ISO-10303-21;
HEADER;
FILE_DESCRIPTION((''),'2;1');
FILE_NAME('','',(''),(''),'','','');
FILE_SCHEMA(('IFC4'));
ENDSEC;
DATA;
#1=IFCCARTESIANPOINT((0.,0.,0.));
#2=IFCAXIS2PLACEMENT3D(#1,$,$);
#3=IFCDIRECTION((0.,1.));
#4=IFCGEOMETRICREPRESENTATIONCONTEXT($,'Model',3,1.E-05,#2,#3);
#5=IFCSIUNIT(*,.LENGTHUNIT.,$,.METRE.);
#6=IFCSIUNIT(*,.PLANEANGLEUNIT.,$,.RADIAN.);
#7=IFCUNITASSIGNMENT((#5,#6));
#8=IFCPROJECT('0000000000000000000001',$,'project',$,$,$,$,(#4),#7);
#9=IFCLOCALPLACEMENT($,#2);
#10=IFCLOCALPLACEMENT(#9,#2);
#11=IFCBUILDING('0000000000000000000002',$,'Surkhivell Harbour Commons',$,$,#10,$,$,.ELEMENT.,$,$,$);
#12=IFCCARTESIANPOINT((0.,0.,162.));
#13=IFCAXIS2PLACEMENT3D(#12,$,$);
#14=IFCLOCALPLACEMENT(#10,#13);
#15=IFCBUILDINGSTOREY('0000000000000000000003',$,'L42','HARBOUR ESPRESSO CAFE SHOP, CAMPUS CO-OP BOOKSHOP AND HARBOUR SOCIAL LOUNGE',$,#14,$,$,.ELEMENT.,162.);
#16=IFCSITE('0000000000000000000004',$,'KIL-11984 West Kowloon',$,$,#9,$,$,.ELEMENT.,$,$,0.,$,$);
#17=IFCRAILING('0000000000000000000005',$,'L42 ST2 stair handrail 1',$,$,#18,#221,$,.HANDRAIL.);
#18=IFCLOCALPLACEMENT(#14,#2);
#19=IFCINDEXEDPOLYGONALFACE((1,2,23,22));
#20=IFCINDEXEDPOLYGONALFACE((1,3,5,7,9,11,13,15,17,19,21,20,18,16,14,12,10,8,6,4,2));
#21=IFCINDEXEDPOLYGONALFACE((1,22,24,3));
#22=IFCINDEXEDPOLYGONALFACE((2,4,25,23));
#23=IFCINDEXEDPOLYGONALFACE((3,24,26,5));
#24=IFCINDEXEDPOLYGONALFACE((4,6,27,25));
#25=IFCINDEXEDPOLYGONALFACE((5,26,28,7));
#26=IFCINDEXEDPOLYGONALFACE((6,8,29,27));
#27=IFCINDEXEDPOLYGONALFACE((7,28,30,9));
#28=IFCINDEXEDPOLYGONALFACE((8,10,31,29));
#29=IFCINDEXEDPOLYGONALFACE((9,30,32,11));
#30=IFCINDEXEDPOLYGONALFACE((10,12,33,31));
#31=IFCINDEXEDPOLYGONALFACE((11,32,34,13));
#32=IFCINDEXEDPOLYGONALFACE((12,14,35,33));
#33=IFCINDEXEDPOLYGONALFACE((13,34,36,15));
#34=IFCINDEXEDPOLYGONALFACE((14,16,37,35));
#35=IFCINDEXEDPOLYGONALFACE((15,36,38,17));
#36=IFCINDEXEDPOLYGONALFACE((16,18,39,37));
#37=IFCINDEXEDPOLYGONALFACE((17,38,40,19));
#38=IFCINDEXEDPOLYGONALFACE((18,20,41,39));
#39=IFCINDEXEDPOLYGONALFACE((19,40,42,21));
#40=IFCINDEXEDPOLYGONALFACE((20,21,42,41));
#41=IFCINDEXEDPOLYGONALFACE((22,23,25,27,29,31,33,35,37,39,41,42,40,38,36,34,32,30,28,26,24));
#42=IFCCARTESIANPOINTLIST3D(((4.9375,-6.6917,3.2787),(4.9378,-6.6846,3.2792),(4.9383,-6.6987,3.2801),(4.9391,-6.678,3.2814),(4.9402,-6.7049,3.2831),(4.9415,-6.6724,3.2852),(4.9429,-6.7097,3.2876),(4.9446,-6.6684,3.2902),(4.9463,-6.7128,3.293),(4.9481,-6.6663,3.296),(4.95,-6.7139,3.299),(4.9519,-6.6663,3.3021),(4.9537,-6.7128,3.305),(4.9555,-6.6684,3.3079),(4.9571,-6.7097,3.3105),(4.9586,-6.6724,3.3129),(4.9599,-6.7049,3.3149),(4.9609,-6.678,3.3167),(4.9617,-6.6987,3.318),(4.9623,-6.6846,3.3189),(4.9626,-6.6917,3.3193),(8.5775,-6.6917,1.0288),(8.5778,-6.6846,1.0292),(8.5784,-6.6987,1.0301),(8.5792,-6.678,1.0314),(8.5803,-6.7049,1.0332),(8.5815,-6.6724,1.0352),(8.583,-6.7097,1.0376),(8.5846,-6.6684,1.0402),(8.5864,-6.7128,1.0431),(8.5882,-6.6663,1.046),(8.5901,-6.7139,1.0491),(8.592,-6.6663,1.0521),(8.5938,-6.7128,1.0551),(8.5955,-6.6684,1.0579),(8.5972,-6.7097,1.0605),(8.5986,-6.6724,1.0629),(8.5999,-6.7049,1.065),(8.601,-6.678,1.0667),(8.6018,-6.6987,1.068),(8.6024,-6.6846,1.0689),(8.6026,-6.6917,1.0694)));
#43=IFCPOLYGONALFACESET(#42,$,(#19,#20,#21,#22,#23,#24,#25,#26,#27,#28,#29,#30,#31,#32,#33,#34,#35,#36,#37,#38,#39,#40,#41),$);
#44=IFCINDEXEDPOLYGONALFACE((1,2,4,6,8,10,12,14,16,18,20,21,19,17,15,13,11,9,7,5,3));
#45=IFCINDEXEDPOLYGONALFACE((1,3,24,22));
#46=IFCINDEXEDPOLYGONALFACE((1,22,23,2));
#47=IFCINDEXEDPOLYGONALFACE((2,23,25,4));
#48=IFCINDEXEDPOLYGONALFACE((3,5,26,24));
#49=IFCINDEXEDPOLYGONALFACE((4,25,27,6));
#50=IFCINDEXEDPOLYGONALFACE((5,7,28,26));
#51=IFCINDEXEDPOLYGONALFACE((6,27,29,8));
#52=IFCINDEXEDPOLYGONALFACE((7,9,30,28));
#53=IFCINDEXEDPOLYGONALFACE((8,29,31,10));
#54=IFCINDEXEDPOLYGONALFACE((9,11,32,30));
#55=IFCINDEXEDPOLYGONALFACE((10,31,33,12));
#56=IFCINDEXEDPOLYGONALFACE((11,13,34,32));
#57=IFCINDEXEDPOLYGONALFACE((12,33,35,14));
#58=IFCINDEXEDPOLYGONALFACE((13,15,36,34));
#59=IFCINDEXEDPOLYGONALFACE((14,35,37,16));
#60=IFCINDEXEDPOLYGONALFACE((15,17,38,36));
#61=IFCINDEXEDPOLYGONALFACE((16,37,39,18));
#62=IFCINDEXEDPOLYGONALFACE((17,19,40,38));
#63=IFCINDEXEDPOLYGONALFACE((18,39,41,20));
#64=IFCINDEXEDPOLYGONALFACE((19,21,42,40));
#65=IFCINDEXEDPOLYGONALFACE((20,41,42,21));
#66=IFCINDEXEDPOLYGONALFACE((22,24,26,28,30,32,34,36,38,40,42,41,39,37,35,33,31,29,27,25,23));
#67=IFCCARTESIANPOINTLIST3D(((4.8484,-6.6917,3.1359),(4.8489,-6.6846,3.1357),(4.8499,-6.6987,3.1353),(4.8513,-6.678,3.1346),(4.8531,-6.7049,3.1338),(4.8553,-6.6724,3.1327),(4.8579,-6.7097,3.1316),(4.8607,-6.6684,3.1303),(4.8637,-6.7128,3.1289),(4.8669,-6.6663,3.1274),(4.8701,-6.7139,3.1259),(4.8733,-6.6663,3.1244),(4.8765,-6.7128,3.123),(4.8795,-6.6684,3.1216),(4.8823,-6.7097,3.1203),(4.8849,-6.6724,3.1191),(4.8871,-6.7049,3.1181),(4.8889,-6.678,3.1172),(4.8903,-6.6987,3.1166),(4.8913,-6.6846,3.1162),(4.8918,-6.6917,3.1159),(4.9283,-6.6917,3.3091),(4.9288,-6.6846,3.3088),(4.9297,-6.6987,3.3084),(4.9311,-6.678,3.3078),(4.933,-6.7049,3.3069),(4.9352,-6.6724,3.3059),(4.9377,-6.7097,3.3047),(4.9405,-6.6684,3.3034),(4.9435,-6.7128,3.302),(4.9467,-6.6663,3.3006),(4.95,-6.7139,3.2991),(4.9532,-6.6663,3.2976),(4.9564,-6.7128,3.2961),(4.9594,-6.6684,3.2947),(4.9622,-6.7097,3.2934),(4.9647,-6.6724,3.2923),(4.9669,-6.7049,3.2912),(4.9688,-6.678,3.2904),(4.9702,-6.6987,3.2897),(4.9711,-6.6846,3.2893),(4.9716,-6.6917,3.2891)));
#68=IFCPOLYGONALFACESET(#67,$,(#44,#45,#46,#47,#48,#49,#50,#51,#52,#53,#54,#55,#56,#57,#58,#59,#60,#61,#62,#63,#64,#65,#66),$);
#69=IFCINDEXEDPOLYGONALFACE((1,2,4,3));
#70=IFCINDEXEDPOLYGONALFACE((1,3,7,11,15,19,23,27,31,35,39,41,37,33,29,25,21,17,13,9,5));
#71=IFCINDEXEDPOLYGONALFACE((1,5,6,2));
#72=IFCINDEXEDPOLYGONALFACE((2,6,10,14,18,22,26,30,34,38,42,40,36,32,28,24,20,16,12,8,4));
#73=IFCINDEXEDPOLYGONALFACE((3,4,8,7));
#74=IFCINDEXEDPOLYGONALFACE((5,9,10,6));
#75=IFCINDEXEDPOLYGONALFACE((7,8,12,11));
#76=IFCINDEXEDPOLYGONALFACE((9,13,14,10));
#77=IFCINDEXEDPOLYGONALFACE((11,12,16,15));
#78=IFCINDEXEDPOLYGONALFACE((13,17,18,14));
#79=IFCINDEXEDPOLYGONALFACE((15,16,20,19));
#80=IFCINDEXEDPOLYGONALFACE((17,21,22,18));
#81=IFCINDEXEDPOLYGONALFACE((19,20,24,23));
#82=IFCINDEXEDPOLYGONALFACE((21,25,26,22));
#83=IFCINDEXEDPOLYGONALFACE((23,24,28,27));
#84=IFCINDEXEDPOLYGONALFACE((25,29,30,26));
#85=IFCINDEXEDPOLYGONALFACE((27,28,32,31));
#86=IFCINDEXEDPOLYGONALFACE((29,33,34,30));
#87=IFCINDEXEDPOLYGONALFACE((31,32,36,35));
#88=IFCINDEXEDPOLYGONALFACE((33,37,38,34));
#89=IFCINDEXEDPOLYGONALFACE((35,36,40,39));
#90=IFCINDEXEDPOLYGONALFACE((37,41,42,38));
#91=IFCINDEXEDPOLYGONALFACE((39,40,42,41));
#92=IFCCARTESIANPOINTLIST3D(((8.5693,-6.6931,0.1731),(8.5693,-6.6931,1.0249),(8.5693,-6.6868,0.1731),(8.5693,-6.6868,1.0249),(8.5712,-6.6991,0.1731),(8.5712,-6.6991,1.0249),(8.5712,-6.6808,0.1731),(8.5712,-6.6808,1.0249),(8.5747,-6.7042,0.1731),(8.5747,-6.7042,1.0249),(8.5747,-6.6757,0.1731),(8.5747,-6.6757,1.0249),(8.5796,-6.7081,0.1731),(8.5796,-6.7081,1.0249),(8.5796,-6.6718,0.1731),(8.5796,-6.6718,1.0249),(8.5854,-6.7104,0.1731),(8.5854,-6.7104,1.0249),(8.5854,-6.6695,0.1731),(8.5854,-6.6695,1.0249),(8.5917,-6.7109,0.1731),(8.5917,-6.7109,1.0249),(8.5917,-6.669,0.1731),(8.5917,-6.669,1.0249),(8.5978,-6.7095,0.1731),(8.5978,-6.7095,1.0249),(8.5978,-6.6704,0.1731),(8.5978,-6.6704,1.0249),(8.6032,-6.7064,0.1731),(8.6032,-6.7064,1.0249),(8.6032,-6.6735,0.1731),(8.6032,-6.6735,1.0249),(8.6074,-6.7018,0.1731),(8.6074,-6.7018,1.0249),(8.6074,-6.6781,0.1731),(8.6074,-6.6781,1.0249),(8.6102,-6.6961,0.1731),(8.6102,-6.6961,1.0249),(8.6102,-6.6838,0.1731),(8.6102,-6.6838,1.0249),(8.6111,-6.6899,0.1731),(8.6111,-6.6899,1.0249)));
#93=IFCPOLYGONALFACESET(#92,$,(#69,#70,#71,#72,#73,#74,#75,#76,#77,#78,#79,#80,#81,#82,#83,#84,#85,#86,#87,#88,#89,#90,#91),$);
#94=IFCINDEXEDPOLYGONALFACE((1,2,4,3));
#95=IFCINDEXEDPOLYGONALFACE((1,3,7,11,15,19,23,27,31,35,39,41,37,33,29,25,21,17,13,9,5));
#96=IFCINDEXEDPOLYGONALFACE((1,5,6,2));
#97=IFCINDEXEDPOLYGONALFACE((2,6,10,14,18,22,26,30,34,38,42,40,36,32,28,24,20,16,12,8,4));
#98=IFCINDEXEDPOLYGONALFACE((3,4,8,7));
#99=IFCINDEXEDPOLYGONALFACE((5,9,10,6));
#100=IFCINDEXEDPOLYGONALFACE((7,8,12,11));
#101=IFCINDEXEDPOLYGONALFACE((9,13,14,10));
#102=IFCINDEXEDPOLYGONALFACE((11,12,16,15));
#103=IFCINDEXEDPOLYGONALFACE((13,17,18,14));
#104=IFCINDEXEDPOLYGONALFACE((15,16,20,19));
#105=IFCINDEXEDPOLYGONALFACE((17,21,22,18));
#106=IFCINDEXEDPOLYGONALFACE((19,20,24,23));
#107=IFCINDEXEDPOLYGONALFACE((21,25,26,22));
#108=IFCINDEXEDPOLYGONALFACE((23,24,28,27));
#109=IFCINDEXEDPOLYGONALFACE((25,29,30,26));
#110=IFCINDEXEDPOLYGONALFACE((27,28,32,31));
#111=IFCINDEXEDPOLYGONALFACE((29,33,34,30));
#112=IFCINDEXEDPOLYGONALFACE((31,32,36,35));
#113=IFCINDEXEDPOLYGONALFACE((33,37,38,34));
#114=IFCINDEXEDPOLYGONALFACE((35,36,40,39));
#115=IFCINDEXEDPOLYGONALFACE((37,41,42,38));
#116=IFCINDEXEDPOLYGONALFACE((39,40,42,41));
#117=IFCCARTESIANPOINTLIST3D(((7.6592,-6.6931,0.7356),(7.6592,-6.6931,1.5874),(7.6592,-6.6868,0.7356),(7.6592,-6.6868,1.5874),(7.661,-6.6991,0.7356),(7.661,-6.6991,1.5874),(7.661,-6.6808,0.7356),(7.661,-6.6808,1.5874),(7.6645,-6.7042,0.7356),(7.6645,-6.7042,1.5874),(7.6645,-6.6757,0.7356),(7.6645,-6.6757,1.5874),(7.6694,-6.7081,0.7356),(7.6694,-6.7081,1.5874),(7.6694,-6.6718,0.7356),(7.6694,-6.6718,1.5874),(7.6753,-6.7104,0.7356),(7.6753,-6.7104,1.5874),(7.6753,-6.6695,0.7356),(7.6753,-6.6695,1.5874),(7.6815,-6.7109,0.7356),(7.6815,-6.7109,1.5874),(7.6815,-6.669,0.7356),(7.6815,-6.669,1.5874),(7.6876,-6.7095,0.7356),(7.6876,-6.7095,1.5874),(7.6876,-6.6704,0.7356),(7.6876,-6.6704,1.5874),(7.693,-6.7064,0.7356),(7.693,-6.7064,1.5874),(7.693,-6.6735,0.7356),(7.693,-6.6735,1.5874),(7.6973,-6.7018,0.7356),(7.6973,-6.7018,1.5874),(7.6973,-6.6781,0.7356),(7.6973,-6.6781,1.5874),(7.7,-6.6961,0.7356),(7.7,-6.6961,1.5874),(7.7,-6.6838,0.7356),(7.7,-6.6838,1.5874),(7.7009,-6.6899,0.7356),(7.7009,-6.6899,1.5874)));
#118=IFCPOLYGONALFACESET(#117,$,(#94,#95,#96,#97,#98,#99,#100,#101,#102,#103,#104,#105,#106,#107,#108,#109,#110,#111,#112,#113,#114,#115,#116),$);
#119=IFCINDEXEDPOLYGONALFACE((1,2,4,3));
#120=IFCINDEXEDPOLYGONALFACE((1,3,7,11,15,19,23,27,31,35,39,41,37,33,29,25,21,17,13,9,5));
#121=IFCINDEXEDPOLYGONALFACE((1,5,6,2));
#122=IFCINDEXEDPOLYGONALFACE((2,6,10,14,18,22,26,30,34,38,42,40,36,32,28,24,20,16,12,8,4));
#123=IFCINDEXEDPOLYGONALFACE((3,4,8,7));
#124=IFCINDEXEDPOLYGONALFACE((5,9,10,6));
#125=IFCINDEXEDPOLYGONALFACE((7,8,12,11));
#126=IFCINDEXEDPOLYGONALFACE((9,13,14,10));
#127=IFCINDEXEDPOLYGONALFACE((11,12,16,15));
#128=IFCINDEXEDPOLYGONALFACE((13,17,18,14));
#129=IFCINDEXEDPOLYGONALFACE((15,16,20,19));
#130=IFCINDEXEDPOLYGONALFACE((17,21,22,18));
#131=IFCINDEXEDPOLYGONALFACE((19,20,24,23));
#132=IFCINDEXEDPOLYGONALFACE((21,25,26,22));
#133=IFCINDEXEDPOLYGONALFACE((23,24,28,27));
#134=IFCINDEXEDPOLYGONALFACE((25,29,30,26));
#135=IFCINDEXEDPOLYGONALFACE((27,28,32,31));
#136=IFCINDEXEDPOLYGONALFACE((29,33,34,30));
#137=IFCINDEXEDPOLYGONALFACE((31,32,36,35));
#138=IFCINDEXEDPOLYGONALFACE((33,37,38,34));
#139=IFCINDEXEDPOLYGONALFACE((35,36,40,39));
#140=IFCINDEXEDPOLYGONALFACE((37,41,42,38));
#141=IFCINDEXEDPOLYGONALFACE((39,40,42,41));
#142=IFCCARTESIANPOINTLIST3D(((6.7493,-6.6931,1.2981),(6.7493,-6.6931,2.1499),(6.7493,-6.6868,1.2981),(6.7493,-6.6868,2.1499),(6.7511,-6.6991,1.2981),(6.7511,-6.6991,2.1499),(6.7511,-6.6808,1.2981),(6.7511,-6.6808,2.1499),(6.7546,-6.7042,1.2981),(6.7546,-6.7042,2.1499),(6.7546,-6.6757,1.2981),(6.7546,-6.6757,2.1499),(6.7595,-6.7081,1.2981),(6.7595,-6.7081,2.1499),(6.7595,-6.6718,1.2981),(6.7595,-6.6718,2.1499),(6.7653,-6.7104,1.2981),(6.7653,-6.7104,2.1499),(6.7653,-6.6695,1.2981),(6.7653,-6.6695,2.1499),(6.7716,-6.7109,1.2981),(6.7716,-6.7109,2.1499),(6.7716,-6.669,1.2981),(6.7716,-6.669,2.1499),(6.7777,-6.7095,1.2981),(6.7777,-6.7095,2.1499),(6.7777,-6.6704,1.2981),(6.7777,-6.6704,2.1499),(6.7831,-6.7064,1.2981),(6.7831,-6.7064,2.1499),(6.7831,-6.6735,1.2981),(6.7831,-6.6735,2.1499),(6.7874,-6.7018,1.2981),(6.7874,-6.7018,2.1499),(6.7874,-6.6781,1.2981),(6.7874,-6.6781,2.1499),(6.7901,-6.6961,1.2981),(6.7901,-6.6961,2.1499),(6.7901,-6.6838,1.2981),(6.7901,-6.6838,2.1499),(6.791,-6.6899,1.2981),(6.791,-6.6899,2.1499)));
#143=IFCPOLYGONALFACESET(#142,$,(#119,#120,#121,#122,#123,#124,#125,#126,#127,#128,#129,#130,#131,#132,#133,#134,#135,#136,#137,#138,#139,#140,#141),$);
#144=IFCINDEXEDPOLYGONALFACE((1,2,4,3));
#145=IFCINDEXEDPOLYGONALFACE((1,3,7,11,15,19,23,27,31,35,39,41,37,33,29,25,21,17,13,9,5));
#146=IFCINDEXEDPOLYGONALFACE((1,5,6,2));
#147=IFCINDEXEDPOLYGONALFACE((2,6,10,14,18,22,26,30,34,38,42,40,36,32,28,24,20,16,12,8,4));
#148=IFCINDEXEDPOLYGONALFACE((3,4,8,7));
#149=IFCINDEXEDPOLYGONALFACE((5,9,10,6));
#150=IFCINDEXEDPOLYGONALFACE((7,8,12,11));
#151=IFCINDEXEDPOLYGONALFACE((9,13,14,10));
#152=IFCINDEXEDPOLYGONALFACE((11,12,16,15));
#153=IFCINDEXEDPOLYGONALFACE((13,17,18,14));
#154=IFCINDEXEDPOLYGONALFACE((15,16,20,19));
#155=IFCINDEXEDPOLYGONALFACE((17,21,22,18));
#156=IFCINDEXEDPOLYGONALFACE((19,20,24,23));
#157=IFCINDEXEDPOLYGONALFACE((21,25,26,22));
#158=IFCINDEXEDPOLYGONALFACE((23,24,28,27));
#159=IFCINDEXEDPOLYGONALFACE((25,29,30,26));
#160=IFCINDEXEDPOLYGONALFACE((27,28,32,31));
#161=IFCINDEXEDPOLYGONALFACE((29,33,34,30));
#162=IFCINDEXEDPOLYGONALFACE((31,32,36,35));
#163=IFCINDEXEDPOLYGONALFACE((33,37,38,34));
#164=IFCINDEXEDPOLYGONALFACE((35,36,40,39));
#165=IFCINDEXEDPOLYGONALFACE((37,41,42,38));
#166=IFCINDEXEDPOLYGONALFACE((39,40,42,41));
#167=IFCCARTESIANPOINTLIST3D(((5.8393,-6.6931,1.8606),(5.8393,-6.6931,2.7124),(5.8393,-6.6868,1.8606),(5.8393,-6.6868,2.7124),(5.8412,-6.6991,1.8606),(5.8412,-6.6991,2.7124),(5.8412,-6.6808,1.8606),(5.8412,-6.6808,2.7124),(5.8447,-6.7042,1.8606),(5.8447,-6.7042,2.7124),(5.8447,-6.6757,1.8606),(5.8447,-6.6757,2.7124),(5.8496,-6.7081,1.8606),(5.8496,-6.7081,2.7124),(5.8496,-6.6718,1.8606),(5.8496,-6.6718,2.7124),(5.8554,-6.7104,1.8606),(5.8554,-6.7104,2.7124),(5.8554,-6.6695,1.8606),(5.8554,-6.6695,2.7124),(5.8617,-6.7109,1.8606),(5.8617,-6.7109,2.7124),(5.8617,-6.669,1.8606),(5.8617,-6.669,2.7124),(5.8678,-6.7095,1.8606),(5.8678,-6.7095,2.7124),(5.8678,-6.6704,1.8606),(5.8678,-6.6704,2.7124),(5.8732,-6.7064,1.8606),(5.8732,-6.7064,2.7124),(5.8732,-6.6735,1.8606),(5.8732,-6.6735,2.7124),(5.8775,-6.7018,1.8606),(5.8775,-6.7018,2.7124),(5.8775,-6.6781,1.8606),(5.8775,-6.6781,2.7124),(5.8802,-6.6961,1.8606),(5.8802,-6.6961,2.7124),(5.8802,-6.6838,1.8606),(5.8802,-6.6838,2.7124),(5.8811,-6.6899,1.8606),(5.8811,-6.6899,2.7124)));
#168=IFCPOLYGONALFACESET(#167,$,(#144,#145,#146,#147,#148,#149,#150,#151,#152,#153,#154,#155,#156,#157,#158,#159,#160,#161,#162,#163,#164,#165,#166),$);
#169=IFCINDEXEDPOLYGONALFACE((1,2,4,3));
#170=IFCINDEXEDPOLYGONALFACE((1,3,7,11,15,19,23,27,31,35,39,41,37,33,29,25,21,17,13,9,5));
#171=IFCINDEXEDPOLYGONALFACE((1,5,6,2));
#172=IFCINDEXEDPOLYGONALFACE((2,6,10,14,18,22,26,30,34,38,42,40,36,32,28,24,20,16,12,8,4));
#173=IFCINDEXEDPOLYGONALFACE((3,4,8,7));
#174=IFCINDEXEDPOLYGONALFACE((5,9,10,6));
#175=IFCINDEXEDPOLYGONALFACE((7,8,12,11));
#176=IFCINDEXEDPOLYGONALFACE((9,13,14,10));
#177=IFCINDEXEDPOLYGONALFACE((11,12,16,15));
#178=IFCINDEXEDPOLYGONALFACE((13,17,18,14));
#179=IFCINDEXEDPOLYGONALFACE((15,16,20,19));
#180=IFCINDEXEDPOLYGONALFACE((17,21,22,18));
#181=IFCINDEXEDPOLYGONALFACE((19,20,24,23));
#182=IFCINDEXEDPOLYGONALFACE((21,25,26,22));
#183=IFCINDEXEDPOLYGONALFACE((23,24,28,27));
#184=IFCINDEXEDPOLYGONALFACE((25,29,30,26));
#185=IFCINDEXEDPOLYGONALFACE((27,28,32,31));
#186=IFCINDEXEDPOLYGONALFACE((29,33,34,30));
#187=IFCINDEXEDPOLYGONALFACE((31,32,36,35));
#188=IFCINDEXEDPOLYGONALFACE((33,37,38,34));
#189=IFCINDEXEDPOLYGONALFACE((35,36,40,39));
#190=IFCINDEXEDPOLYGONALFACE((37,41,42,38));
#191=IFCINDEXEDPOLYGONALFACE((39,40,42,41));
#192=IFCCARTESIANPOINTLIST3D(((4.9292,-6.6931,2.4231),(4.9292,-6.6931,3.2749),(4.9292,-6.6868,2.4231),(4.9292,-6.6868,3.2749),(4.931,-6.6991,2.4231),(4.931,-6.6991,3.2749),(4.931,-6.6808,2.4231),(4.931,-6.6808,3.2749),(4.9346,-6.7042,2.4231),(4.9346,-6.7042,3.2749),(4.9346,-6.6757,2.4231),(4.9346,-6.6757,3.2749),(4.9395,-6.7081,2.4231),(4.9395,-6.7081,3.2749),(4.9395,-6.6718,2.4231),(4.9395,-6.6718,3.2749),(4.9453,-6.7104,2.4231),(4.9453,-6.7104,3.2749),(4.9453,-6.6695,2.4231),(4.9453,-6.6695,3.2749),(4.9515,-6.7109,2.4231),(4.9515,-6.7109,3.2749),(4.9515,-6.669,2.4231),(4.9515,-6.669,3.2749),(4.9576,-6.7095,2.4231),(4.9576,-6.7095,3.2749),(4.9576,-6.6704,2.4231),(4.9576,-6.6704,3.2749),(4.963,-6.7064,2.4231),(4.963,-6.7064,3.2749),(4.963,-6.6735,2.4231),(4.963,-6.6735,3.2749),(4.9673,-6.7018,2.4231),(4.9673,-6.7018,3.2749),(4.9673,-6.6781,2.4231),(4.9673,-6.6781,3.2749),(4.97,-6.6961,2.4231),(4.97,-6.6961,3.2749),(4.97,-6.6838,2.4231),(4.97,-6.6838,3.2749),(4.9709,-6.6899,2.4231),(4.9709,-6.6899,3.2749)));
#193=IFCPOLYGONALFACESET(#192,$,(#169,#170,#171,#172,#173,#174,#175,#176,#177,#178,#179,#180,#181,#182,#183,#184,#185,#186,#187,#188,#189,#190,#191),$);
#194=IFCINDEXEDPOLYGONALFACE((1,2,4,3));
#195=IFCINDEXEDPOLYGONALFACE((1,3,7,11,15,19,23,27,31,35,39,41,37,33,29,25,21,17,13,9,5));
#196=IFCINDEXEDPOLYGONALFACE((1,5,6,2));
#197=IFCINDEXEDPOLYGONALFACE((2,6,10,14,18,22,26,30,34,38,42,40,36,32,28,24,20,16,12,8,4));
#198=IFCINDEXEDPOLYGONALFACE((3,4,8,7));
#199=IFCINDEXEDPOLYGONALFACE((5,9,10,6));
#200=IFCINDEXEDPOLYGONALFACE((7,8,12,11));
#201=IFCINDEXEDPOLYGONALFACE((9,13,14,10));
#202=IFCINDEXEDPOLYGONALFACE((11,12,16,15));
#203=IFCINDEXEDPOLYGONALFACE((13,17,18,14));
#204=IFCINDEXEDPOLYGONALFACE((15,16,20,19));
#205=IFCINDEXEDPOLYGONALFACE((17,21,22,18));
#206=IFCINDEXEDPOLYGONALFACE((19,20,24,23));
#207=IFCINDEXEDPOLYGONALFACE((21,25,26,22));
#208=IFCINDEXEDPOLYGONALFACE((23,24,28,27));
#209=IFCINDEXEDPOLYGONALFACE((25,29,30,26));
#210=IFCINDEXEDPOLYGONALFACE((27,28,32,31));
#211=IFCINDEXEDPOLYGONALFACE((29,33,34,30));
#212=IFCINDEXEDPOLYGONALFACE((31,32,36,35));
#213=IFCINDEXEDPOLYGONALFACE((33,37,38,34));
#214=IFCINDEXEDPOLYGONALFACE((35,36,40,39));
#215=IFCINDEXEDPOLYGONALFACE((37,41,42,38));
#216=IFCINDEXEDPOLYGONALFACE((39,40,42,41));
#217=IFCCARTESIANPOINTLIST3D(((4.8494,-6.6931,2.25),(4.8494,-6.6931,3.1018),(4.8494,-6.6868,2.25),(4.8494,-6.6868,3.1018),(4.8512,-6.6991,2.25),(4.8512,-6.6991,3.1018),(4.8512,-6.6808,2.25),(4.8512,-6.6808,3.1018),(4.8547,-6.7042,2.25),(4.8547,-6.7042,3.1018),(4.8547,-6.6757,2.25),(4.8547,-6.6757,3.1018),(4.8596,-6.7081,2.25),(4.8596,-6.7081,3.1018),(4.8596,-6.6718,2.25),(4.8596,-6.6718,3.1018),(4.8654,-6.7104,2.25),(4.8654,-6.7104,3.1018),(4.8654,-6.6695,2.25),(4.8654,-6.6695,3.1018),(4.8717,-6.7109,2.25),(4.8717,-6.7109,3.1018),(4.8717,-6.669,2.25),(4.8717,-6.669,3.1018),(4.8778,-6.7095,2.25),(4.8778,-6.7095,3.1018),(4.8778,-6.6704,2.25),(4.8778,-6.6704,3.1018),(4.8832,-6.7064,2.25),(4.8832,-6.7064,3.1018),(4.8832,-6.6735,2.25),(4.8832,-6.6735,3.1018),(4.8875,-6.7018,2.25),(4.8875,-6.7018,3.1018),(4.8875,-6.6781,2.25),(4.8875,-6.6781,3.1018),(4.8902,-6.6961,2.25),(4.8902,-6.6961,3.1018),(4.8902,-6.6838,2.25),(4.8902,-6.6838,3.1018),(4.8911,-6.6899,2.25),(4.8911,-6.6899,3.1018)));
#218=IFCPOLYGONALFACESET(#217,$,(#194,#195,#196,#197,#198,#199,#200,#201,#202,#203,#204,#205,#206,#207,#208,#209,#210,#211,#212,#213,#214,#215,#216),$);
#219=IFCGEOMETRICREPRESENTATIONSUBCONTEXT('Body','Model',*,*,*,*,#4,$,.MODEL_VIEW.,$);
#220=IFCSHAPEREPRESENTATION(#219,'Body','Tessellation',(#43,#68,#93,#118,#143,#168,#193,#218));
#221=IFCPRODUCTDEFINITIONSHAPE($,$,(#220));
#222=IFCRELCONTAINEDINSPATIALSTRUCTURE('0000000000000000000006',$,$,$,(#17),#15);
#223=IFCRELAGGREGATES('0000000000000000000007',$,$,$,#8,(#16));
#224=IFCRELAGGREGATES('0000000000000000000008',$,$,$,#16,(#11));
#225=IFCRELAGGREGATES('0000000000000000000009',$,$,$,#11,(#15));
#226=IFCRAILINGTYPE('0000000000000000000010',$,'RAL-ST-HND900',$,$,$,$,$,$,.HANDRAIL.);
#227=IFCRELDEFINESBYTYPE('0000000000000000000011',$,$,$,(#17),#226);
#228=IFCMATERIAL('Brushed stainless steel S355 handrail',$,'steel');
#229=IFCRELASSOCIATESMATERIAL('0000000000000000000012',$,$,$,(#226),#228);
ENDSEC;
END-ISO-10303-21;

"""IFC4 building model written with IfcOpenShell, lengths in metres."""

from ifc_helpers import new_model, si_unit, direction, frame, origin, origin_2d, place, context, subcontext, project, spatial, circle, extrude, material, type_object, element, save


model = new_model("IFC4")

# Units and contexts
model_context = context("Model", 3, precision=1e-05, world=origin(), true_north=direction((0.0, 1.0)))
body_context = subcontext(model_context, "Body", "Model", "MODEL_VIEW")
ifc_project = project(units=[si_unit("LENGTHUNIT", "METRE"), si_unit("PLANEANGLEUNIT", "RADIAN")], contexts=[model_context])

# Site, building, storey
site_placement = place(None, origin())
site = spatial("IfcSite", under=ifc_project, at=site_placement, Name="KIL-11984 West Kowloon", CompositionType="ELEMENT", RefElevation=0.0)
building_placement = place(site_placement, origin())
building = spatial("IfcBuilding", under=site, at=building_placement, Name="Surkhivell Harbour Commons", CompositionType="ELEMENT")
storey_placement = place(building_placement, frame((0.0, 0.0, 162.0)))
storey = spatial("IfcBuildingStorey", under=building, at=storey_placement, Name="L42", Description="HARBOUR ESPRESSO CAFE SHOP, CAMPUS CO-OP BOOKSHOP AND HARBOUR SOCIAL LOUNGE", CompositionType="ELEMENT", Elevation=162.0)

# Railing
ifc_material_1 = material(Name="Brushed stainless steel S355 handrail", Category="steel")
railing_type = type_object("IfcRailingType", Name="RAL-ST-HND900", PredefinedType="HANDRAIL", material=ifc_material_1)
railing_placement = place(storey_placement, frame((8.5901, -6.6899, 0.1731)))
element("IfcRailing", 1, at=railing_placement, inside=storey, type_object=railing_type, Name="L42 ST2 stair handrail 1", PredefinedType="HANDRAIL", context=body_context, shape_type="SweptSolid", body=[
    extrude(circle(Radius=0.0239, at=origin_2d()), frame((0.0, 0.0, 0.876), z_axis=(-0.850622, 0.0, 0.525777), x_axis=(0.0, -1.0, 0.0)), (0.0, 0.0, 1.0), 4.2793),
    extrude(circle(Radius=0.0239, at=origin_2d()), frame((-3.6401, 0.0, 3.126), z_axis=(-0.418815, 0.0, -0.908072), x_axis=(0.0, -1.0, 0.0)), (0.0, 0.0, 1.0), 0.1907),
    extrude(circle(Radius=0.021, at=origin_2d()), origin(), (0.0, 0.0, 1.0), 0.8518),
    extrude(circle(Radius=0.021, at=origin_2d()), frame((-0.9102, 0.0, 0.5625)), (0.0, 0.0, 1.0), 0.8518),
    extrude(circle(Radius=0.021, at=origin_2d()), frame((-1.8201, 0.0, 1.125)), (0.0, 0.0, 1.0), 0.8518),
    extrude(circle(Radius=0.021, at=origin_2d()), frame((-2.73, 0.0, 1.6875)), (0.0, 0.0, 1.0), 0.8518),
    extrude(circle(Radius=0.021, at=origin_2d()), frame((-3.6401, 0.0, 2.25)), (0.0, 0.0, 1.0), 0.8518),
    extrude(circle(Radius=0.021, at=origin_2d()), frame((-3.72, 0.0, 2.0769)), (0.0, 0.0, 1.0), 0.8518),
])

save(model, "model.ifc")
